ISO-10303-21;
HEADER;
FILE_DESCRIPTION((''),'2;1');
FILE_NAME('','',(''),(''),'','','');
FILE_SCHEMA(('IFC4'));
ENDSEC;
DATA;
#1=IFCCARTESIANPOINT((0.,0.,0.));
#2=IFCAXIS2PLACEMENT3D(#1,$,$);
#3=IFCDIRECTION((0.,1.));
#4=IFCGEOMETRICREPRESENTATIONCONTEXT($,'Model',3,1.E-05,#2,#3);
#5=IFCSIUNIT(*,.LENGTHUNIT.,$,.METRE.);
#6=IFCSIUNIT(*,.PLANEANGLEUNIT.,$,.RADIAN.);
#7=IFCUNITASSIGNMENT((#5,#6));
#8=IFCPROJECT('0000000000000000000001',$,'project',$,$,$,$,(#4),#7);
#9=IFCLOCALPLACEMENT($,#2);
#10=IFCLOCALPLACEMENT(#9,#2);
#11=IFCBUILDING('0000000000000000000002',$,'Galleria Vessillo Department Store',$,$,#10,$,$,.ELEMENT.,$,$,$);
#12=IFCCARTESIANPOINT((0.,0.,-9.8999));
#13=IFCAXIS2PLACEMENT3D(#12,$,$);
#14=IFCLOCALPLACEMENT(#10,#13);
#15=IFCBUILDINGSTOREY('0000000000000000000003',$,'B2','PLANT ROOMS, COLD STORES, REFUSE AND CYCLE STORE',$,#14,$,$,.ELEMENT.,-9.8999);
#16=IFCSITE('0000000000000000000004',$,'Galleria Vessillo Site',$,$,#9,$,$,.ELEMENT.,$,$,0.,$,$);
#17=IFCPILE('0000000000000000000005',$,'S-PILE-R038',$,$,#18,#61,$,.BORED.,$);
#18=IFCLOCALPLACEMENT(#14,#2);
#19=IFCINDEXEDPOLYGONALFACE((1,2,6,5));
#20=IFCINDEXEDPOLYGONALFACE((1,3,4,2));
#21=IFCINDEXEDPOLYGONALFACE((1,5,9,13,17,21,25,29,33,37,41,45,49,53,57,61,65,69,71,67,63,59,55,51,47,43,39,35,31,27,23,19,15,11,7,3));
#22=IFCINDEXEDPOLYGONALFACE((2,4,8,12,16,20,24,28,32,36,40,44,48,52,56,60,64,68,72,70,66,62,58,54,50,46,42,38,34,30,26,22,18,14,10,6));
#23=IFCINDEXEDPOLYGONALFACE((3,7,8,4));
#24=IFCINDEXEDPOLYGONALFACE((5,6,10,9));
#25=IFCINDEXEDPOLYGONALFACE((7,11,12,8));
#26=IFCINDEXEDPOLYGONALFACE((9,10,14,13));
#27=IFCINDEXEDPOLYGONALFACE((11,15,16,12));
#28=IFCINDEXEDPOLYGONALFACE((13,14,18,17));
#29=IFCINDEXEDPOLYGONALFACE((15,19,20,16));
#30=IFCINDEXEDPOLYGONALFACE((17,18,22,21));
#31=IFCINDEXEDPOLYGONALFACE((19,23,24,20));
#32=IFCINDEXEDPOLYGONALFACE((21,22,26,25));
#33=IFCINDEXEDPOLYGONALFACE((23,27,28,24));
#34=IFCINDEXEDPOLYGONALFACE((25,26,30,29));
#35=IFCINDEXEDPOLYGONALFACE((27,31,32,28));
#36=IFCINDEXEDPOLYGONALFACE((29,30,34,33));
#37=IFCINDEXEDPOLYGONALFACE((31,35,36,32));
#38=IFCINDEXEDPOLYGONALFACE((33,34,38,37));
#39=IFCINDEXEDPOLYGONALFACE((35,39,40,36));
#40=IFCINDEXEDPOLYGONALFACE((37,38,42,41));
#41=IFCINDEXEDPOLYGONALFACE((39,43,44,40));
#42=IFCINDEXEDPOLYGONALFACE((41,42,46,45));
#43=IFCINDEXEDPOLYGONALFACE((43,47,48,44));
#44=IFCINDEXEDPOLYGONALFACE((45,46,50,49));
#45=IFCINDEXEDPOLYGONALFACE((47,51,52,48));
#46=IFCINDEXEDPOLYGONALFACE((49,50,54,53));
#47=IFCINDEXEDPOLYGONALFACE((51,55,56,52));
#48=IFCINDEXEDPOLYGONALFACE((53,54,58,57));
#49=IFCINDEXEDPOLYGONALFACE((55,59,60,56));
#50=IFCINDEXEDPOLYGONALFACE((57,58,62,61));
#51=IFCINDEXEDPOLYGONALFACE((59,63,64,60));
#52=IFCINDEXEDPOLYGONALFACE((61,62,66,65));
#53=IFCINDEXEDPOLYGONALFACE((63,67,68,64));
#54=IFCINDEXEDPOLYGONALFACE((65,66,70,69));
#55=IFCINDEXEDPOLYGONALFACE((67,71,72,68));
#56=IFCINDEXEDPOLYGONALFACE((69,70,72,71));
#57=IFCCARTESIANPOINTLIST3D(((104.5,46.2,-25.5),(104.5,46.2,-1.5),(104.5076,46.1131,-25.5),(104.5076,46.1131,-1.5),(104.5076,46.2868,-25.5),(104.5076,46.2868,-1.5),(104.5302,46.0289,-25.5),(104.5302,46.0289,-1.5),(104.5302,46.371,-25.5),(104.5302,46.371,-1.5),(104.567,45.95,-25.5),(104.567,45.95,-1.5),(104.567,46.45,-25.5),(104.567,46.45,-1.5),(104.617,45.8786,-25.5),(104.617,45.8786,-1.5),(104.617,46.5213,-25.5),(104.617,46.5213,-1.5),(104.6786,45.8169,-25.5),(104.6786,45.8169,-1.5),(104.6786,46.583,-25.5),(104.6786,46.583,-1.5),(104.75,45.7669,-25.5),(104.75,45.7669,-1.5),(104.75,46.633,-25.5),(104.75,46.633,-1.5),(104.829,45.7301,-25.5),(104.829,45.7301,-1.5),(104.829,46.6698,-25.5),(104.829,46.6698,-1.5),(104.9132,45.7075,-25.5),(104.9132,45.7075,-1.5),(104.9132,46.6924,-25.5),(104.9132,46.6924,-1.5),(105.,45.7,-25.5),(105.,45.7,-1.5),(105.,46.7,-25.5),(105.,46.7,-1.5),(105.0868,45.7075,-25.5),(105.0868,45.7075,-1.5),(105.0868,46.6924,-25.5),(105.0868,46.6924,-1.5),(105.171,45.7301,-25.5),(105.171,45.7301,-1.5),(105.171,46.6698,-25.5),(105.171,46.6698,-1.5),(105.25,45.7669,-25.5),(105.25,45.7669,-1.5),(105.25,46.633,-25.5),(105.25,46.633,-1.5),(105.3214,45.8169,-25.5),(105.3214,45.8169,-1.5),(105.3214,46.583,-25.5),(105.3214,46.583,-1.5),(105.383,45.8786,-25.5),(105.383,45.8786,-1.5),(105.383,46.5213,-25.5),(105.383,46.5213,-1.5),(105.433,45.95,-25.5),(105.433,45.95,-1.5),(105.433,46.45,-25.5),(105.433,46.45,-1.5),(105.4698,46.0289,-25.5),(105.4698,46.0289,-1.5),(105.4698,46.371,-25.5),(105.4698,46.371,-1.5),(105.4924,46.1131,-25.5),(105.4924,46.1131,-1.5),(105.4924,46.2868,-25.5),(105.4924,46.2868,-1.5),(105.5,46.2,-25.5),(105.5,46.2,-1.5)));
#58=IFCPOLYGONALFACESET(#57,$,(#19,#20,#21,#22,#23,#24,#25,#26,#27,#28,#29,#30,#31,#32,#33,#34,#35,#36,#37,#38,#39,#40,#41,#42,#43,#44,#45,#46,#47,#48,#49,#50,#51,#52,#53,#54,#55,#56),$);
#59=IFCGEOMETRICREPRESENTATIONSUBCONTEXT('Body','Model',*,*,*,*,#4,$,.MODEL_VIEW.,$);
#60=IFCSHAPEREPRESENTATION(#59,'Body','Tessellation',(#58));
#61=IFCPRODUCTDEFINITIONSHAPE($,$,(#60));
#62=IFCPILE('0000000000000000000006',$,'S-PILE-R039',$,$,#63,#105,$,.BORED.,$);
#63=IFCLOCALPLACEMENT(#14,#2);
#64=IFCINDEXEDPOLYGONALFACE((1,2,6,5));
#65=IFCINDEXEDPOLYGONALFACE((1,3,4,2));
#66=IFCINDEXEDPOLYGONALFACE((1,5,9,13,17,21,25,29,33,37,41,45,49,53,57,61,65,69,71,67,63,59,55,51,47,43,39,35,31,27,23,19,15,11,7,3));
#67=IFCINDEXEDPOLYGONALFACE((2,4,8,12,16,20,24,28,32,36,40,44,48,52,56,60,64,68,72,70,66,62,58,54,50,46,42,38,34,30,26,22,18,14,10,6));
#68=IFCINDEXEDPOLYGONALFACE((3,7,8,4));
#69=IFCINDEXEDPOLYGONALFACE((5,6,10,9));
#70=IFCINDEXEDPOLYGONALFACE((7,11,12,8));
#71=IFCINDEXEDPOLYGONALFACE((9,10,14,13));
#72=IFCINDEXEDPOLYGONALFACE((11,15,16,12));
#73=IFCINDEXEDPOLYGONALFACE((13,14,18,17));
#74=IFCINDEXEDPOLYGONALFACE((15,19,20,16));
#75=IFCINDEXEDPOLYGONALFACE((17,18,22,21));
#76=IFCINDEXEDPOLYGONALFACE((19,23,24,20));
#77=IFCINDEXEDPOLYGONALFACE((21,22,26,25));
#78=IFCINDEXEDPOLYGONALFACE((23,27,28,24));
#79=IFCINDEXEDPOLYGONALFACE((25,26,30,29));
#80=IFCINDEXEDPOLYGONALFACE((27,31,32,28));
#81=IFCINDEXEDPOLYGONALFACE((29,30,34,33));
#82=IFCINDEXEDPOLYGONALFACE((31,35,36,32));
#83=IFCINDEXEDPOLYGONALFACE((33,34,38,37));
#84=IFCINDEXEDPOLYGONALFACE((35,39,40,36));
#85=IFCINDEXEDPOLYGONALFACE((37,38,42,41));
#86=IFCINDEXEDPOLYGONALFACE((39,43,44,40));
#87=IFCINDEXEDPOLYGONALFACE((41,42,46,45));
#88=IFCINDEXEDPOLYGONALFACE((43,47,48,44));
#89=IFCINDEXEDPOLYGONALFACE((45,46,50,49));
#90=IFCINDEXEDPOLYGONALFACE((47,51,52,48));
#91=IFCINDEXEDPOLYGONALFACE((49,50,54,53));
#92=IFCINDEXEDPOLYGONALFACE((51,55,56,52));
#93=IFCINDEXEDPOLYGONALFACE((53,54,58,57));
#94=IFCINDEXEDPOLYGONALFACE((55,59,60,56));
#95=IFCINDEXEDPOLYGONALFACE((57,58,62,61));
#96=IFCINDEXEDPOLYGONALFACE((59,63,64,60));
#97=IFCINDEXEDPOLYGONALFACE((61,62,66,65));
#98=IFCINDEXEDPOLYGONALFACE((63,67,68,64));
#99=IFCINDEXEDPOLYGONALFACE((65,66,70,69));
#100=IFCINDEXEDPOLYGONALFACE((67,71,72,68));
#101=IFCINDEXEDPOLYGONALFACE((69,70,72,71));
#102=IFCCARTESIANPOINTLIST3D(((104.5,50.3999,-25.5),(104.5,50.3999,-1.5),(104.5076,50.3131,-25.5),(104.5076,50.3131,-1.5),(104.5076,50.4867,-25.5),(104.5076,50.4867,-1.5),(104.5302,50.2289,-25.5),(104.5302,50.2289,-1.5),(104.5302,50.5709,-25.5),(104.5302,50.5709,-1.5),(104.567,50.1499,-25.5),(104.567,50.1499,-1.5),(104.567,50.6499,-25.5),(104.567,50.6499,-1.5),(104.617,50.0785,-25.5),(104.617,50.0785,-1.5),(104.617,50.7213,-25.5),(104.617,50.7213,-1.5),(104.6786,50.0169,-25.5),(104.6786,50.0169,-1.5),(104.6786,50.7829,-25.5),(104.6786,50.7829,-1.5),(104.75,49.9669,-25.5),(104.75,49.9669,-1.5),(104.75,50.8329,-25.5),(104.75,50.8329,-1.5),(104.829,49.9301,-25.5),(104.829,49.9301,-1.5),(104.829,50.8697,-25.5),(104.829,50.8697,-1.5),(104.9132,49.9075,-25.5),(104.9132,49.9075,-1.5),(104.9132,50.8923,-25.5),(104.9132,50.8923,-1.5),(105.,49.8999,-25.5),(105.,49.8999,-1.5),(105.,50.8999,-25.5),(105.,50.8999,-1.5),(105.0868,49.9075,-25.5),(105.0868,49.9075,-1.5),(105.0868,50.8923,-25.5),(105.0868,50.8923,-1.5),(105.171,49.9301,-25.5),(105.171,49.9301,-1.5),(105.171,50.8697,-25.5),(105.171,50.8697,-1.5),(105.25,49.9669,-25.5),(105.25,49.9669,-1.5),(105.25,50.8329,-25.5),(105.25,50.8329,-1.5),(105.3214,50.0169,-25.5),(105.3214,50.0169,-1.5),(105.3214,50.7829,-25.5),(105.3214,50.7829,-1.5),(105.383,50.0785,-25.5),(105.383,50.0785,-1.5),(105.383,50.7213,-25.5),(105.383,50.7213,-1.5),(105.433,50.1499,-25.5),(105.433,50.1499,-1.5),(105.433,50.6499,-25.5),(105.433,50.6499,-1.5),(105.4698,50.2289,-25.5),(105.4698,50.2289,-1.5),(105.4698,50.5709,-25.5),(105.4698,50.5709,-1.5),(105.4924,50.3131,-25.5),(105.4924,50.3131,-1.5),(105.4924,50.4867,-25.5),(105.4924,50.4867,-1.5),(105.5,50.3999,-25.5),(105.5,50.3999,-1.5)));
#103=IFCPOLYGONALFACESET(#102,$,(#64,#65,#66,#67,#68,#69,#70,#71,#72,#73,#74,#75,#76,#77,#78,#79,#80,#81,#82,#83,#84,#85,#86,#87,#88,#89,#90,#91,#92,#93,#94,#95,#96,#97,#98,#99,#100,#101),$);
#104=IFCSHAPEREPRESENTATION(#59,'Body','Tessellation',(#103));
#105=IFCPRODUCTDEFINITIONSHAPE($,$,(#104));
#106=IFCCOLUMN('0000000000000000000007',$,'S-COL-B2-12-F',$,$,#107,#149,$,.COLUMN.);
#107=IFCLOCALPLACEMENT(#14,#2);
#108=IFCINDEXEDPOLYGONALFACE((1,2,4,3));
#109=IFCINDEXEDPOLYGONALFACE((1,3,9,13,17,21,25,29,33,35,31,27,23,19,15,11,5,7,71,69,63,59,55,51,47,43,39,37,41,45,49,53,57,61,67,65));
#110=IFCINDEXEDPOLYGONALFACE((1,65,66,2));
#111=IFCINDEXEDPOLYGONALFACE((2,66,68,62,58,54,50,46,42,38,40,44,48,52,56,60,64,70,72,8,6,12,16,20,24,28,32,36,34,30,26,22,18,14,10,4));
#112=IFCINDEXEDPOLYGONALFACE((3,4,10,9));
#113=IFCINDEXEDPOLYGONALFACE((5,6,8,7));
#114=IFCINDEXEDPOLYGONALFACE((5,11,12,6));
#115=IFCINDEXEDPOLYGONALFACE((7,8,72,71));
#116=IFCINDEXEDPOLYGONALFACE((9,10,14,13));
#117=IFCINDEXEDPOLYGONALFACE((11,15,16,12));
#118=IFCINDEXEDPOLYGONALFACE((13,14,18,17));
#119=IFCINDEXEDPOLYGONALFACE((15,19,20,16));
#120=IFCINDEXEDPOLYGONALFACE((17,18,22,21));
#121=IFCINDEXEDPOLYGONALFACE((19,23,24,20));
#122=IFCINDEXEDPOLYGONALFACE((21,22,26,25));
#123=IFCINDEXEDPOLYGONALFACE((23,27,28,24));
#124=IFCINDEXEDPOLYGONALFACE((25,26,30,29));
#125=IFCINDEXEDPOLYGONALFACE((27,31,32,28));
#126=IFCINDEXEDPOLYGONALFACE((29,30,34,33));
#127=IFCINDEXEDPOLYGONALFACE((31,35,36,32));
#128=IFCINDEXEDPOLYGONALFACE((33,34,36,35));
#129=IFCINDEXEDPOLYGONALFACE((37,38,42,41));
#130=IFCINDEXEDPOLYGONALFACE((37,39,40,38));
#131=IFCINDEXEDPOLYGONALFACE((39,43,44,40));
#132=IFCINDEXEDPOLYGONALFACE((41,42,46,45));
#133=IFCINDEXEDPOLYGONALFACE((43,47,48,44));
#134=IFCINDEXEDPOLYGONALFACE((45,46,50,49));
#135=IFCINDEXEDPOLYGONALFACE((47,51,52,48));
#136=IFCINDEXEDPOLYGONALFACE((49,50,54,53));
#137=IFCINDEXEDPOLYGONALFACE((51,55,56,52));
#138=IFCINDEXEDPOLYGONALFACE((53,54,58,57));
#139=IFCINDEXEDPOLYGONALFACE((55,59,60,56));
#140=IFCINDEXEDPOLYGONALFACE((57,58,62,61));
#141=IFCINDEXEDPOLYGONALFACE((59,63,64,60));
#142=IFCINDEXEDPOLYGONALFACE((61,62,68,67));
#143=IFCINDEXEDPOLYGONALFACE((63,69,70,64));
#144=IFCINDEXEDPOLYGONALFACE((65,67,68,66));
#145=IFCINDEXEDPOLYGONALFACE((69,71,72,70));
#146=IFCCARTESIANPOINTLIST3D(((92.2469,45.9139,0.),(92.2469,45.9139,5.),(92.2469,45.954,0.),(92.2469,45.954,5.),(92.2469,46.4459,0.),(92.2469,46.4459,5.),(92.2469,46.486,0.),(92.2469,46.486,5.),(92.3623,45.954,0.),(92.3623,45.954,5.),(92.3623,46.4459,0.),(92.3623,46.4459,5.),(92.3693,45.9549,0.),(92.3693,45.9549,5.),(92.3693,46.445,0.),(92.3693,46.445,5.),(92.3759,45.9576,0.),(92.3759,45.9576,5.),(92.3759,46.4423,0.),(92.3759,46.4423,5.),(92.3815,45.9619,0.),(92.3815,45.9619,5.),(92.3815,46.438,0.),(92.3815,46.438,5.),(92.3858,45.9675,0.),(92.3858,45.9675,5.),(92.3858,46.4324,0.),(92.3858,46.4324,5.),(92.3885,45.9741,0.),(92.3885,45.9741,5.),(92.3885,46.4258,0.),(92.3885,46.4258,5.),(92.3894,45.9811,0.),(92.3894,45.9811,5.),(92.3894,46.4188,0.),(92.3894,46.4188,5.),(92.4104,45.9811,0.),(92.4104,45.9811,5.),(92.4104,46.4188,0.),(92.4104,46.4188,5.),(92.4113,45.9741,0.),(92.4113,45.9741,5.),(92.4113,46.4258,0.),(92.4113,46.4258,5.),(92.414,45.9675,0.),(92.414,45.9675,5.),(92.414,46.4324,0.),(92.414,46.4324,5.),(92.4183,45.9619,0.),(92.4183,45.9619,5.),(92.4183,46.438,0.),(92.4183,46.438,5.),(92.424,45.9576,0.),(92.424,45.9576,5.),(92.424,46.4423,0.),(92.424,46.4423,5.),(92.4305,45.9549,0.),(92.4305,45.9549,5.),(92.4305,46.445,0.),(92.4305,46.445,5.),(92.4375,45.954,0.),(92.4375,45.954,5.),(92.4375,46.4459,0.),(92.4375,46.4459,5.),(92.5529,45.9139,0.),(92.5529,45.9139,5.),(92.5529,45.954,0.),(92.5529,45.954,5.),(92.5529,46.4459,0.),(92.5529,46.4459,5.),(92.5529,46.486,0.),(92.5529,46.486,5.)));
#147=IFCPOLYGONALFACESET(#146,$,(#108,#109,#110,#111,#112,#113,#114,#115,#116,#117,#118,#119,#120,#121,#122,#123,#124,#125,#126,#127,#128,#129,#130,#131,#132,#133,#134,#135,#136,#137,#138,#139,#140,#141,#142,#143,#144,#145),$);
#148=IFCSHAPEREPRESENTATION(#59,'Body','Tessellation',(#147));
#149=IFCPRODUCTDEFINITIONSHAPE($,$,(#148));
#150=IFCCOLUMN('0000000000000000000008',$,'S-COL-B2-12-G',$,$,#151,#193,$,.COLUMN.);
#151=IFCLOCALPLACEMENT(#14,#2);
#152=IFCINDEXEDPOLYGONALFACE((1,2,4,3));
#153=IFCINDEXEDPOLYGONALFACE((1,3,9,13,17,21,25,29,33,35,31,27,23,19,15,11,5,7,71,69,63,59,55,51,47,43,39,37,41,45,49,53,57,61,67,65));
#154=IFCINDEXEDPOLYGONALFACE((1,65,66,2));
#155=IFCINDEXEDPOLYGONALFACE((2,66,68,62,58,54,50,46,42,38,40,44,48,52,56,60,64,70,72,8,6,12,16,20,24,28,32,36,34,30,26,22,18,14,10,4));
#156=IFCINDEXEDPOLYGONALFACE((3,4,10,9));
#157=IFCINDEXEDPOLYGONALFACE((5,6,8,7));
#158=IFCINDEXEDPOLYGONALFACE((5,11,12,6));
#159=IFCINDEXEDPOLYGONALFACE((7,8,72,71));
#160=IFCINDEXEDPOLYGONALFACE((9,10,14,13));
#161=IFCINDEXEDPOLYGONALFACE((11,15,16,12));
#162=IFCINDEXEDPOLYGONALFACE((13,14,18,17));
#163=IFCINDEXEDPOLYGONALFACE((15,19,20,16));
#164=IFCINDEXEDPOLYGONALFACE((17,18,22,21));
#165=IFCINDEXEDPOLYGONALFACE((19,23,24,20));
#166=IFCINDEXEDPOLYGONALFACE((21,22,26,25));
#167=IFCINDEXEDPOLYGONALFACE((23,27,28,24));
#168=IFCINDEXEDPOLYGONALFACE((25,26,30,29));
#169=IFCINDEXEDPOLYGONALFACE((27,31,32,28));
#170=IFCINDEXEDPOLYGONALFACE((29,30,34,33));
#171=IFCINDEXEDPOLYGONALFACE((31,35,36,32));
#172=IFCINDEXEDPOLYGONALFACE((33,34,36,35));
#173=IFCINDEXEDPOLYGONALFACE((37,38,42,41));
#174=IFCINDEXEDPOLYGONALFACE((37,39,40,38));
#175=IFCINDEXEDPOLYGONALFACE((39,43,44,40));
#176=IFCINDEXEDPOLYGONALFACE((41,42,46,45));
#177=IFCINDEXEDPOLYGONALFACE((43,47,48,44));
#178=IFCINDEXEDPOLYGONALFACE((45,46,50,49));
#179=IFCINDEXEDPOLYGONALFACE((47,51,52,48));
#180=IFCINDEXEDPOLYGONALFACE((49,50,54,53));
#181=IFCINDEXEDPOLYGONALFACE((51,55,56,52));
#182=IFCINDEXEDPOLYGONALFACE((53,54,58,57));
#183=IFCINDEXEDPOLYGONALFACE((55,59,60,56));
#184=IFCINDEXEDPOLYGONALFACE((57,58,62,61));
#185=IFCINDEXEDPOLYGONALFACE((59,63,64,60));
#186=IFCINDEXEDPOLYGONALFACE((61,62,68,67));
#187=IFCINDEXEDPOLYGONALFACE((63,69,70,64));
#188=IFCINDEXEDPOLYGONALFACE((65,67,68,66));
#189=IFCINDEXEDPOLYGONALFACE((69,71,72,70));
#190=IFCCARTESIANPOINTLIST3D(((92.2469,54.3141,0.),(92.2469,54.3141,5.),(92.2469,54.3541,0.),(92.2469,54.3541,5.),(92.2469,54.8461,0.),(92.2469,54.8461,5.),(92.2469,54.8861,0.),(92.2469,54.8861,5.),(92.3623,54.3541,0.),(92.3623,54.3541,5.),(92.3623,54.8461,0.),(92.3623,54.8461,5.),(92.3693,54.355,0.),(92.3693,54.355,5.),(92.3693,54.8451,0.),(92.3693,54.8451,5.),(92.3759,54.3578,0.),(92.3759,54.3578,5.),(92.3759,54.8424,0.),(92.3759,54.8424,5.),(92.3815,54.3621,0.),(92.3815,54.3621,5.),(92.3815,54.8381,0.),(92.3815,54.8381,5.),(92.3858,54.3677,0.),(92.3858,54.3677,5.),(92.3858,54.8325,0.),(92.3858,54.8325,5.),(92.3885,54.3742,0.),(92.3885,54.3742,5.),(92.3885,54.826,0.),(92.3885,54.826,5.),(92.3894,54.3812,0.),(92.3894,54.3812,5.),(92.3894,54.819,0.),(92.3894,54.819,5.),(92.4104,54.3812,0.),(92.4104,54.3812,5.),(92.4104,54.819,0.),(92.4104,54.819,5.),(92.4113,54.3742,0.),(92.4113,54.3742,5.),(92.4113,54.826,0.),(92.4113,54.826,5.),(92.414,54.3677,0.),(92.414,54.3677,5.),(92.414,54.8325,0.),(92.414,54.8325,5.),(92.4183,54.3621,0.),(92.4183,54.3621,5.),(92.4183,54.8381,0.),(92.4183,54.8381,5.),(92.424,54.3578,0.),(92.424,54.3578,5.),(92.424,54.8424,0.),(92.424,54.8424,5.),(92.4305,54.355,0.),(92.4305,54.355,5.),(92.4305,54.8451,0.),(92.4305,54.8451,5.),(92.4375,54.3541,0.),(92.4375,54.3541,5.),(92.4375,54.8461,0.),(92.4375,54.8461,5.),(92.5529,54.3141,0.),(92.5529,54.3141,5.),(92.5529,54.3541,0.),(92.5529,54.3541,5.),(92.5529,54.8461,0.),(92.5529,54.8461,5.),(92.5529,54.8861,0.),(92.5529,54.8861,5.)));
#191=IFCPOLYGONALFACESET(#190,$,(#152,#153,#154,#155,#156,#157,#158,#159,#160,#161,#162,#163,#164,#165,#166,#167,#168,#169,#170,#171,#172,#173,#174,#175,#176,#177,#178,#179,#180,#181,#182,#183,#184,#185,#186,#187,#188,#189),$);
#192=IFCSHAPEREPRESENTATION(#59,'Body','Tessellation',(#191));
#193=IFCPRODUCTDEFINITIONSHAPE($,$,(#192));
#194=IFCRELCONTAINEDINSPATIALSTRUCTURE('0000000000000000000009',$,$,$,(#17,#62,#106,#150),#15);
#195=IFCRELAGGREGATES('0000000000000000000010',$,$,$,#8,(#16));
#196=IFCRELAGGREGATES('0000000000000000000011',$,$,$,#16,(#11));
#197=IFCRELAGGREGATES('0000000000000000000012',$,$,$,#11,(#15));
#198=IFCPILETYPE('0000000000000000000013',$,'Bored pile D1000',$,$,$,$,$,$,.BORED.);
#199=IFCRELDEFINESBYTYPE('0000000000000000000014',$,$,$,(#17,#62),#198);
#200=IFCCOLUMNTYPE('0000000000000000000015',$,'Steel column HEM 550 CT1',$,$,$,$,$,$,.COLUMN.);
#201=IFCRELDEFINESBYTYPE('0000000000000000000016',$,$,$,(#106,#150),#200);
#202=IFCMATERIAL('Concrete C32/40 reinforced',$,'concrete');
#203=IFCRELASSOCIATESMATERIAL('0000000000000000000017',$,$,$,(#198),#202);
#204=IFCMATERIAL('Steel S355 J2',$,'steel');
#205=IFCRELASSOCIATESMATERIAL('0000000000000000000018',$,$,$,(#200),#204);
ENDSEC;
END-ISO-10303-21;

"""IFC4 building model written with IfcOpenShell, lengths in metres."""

from ifc_helpers import new_model, si_unit, direction, frame, origin, origin_2d, place, context, subcontext, project, spatial, circle, i_section, extrude, material, material_profile, profile_set, type_object, element, save


model = new_model("IFC4")

# Units and contexts
model_context = context("Model", 3, precision=1e-05, world=origin(), true_north=direction((0.0, 1.0)))
body_context = subcontext(model_context, "Body", "Model", "MODEL_VIEW")
ifc_project = project(units=[si_unit("LENGTHUNIT", "METRE"), si_unit("PLANEANGLEUNIT", "RADIAN")], contexts=[model_context])

# Site, building, storey
site_placement = place(None, origin())
site = spatial("IfcSite", under=ifc_project, at=site_placement, Name="Galleria Vessillo Site", CompositionType="ELEMENT", RefElevation=0.0)
building_placement = place(site_placement, origin())
building = spatial("IfcBuilding", under=site, at=building_placement, Name="Galleria Vessillo Department Store", CompositionType="ELEMENT")
storey_placement = place(building_placement, frame((0.0, 0.0, -9.8999)))
storey = spatial("IfcBuildingStorey", under=building, at=storey_placement, Name="B2", Description="PLANT ROOMS, COLD STORES, REFUSE AND CYCLE STORE", CompositionType="ELEMENT", Elevation=-9.8999)

# Piles
ifc_material_1 = material(Name="Concrete C32/40 reinforced", Category="concrete")
ifc_material_profile_1 = material_profile(ifc_material_1, circle(Radius=0.5, at=origin_2d()), Name="Bored pile D1000")
ifc_profile_set_1 = profile_set([ifc_material_profile_1], Name="Concrete C32/40 reinforced")
pile_type = type_object("IfcPileType", Name="Bored pile D1000", PredefinedType="BORED", material=ifc_profile_set_1)
for number, where, z_axis, x_axis, name in (
    (1, (105.0, 46.2, -1.5), (0.0, 0.0, -1.0), (1.0, 0.0, 0.0), "S-PILE-R038"),
    (2, (105.0, 50.3999, -1.5), (0.0, 0.0, -1.0), (1.0, 0.0, 0.0), "S-PILE-R039"),
):
    element("IfcPile", number, at=place(storey_placement, frame(where, z_axis=z_axis, x_axis=x_axis)), inside=storey, type_object=pile_type, Name=name, PredefinedType="BORED", context=body_context, shape_type="SweptSolid", body=[
        extrude(circle(Radius=0.5, at=origin_2d()), origin(), (0.0, 0.0, 1.0), 24.0),
    ])

# Columns
ifc_material_2 = material(Name="Steel S355 J2", Category="steel")
ifc_material_profile_2 = material_profile(ifc_material_2, i_section(OverallWidth=0.3059, OverallDepth=0.572, WebThickness=0.021, FlangeThickness=0.04, FilletRadius=0.0271, at=origin_2d()), Name="HEM 550")
ifc_profile_set_2 = profile_set([ifc_material_profile_2], Name="Steel S355 J2")
column_type = type_object("IfcColumnType", Name="Steel column HEM 550 CT1", PredefinedType="COLUMN", material=ifc_profile_set_2)
for number, where, z_axis, x_axis, name in (
    (3, (92.3999, 46.2, 0.0), (0.0, 0.0, 1.0), (1.0, 0.0, 0.0), "S-COL-B2-12-F"),
    (4, (92.3999, 54.6001, 0.0), (0.0, 0.0, 1.0), (1.0, 0.0, 0.0), "S-COL-B2-12-G"),
):
    element("IfcColumn", number, at=place(storey_placement, frame(where, z_axis=z_axis, x_axis=x_axis)), inside=storey, type_object=column_type, Name=name, PredefinedType="COLUMN", context=body_context, shape_type="SweptSolid", body=[
        extrude(i_section(OverallWidth=0.3059, OverallDepth=0.572, WebThickness=0.021, FlangeThickness=0.04, FilletRadius=0.0271, at=origin_2d()), origin(), (0.0, 0.0, 1.0), 5.0),
    ])

save(model, "model.ifc")
